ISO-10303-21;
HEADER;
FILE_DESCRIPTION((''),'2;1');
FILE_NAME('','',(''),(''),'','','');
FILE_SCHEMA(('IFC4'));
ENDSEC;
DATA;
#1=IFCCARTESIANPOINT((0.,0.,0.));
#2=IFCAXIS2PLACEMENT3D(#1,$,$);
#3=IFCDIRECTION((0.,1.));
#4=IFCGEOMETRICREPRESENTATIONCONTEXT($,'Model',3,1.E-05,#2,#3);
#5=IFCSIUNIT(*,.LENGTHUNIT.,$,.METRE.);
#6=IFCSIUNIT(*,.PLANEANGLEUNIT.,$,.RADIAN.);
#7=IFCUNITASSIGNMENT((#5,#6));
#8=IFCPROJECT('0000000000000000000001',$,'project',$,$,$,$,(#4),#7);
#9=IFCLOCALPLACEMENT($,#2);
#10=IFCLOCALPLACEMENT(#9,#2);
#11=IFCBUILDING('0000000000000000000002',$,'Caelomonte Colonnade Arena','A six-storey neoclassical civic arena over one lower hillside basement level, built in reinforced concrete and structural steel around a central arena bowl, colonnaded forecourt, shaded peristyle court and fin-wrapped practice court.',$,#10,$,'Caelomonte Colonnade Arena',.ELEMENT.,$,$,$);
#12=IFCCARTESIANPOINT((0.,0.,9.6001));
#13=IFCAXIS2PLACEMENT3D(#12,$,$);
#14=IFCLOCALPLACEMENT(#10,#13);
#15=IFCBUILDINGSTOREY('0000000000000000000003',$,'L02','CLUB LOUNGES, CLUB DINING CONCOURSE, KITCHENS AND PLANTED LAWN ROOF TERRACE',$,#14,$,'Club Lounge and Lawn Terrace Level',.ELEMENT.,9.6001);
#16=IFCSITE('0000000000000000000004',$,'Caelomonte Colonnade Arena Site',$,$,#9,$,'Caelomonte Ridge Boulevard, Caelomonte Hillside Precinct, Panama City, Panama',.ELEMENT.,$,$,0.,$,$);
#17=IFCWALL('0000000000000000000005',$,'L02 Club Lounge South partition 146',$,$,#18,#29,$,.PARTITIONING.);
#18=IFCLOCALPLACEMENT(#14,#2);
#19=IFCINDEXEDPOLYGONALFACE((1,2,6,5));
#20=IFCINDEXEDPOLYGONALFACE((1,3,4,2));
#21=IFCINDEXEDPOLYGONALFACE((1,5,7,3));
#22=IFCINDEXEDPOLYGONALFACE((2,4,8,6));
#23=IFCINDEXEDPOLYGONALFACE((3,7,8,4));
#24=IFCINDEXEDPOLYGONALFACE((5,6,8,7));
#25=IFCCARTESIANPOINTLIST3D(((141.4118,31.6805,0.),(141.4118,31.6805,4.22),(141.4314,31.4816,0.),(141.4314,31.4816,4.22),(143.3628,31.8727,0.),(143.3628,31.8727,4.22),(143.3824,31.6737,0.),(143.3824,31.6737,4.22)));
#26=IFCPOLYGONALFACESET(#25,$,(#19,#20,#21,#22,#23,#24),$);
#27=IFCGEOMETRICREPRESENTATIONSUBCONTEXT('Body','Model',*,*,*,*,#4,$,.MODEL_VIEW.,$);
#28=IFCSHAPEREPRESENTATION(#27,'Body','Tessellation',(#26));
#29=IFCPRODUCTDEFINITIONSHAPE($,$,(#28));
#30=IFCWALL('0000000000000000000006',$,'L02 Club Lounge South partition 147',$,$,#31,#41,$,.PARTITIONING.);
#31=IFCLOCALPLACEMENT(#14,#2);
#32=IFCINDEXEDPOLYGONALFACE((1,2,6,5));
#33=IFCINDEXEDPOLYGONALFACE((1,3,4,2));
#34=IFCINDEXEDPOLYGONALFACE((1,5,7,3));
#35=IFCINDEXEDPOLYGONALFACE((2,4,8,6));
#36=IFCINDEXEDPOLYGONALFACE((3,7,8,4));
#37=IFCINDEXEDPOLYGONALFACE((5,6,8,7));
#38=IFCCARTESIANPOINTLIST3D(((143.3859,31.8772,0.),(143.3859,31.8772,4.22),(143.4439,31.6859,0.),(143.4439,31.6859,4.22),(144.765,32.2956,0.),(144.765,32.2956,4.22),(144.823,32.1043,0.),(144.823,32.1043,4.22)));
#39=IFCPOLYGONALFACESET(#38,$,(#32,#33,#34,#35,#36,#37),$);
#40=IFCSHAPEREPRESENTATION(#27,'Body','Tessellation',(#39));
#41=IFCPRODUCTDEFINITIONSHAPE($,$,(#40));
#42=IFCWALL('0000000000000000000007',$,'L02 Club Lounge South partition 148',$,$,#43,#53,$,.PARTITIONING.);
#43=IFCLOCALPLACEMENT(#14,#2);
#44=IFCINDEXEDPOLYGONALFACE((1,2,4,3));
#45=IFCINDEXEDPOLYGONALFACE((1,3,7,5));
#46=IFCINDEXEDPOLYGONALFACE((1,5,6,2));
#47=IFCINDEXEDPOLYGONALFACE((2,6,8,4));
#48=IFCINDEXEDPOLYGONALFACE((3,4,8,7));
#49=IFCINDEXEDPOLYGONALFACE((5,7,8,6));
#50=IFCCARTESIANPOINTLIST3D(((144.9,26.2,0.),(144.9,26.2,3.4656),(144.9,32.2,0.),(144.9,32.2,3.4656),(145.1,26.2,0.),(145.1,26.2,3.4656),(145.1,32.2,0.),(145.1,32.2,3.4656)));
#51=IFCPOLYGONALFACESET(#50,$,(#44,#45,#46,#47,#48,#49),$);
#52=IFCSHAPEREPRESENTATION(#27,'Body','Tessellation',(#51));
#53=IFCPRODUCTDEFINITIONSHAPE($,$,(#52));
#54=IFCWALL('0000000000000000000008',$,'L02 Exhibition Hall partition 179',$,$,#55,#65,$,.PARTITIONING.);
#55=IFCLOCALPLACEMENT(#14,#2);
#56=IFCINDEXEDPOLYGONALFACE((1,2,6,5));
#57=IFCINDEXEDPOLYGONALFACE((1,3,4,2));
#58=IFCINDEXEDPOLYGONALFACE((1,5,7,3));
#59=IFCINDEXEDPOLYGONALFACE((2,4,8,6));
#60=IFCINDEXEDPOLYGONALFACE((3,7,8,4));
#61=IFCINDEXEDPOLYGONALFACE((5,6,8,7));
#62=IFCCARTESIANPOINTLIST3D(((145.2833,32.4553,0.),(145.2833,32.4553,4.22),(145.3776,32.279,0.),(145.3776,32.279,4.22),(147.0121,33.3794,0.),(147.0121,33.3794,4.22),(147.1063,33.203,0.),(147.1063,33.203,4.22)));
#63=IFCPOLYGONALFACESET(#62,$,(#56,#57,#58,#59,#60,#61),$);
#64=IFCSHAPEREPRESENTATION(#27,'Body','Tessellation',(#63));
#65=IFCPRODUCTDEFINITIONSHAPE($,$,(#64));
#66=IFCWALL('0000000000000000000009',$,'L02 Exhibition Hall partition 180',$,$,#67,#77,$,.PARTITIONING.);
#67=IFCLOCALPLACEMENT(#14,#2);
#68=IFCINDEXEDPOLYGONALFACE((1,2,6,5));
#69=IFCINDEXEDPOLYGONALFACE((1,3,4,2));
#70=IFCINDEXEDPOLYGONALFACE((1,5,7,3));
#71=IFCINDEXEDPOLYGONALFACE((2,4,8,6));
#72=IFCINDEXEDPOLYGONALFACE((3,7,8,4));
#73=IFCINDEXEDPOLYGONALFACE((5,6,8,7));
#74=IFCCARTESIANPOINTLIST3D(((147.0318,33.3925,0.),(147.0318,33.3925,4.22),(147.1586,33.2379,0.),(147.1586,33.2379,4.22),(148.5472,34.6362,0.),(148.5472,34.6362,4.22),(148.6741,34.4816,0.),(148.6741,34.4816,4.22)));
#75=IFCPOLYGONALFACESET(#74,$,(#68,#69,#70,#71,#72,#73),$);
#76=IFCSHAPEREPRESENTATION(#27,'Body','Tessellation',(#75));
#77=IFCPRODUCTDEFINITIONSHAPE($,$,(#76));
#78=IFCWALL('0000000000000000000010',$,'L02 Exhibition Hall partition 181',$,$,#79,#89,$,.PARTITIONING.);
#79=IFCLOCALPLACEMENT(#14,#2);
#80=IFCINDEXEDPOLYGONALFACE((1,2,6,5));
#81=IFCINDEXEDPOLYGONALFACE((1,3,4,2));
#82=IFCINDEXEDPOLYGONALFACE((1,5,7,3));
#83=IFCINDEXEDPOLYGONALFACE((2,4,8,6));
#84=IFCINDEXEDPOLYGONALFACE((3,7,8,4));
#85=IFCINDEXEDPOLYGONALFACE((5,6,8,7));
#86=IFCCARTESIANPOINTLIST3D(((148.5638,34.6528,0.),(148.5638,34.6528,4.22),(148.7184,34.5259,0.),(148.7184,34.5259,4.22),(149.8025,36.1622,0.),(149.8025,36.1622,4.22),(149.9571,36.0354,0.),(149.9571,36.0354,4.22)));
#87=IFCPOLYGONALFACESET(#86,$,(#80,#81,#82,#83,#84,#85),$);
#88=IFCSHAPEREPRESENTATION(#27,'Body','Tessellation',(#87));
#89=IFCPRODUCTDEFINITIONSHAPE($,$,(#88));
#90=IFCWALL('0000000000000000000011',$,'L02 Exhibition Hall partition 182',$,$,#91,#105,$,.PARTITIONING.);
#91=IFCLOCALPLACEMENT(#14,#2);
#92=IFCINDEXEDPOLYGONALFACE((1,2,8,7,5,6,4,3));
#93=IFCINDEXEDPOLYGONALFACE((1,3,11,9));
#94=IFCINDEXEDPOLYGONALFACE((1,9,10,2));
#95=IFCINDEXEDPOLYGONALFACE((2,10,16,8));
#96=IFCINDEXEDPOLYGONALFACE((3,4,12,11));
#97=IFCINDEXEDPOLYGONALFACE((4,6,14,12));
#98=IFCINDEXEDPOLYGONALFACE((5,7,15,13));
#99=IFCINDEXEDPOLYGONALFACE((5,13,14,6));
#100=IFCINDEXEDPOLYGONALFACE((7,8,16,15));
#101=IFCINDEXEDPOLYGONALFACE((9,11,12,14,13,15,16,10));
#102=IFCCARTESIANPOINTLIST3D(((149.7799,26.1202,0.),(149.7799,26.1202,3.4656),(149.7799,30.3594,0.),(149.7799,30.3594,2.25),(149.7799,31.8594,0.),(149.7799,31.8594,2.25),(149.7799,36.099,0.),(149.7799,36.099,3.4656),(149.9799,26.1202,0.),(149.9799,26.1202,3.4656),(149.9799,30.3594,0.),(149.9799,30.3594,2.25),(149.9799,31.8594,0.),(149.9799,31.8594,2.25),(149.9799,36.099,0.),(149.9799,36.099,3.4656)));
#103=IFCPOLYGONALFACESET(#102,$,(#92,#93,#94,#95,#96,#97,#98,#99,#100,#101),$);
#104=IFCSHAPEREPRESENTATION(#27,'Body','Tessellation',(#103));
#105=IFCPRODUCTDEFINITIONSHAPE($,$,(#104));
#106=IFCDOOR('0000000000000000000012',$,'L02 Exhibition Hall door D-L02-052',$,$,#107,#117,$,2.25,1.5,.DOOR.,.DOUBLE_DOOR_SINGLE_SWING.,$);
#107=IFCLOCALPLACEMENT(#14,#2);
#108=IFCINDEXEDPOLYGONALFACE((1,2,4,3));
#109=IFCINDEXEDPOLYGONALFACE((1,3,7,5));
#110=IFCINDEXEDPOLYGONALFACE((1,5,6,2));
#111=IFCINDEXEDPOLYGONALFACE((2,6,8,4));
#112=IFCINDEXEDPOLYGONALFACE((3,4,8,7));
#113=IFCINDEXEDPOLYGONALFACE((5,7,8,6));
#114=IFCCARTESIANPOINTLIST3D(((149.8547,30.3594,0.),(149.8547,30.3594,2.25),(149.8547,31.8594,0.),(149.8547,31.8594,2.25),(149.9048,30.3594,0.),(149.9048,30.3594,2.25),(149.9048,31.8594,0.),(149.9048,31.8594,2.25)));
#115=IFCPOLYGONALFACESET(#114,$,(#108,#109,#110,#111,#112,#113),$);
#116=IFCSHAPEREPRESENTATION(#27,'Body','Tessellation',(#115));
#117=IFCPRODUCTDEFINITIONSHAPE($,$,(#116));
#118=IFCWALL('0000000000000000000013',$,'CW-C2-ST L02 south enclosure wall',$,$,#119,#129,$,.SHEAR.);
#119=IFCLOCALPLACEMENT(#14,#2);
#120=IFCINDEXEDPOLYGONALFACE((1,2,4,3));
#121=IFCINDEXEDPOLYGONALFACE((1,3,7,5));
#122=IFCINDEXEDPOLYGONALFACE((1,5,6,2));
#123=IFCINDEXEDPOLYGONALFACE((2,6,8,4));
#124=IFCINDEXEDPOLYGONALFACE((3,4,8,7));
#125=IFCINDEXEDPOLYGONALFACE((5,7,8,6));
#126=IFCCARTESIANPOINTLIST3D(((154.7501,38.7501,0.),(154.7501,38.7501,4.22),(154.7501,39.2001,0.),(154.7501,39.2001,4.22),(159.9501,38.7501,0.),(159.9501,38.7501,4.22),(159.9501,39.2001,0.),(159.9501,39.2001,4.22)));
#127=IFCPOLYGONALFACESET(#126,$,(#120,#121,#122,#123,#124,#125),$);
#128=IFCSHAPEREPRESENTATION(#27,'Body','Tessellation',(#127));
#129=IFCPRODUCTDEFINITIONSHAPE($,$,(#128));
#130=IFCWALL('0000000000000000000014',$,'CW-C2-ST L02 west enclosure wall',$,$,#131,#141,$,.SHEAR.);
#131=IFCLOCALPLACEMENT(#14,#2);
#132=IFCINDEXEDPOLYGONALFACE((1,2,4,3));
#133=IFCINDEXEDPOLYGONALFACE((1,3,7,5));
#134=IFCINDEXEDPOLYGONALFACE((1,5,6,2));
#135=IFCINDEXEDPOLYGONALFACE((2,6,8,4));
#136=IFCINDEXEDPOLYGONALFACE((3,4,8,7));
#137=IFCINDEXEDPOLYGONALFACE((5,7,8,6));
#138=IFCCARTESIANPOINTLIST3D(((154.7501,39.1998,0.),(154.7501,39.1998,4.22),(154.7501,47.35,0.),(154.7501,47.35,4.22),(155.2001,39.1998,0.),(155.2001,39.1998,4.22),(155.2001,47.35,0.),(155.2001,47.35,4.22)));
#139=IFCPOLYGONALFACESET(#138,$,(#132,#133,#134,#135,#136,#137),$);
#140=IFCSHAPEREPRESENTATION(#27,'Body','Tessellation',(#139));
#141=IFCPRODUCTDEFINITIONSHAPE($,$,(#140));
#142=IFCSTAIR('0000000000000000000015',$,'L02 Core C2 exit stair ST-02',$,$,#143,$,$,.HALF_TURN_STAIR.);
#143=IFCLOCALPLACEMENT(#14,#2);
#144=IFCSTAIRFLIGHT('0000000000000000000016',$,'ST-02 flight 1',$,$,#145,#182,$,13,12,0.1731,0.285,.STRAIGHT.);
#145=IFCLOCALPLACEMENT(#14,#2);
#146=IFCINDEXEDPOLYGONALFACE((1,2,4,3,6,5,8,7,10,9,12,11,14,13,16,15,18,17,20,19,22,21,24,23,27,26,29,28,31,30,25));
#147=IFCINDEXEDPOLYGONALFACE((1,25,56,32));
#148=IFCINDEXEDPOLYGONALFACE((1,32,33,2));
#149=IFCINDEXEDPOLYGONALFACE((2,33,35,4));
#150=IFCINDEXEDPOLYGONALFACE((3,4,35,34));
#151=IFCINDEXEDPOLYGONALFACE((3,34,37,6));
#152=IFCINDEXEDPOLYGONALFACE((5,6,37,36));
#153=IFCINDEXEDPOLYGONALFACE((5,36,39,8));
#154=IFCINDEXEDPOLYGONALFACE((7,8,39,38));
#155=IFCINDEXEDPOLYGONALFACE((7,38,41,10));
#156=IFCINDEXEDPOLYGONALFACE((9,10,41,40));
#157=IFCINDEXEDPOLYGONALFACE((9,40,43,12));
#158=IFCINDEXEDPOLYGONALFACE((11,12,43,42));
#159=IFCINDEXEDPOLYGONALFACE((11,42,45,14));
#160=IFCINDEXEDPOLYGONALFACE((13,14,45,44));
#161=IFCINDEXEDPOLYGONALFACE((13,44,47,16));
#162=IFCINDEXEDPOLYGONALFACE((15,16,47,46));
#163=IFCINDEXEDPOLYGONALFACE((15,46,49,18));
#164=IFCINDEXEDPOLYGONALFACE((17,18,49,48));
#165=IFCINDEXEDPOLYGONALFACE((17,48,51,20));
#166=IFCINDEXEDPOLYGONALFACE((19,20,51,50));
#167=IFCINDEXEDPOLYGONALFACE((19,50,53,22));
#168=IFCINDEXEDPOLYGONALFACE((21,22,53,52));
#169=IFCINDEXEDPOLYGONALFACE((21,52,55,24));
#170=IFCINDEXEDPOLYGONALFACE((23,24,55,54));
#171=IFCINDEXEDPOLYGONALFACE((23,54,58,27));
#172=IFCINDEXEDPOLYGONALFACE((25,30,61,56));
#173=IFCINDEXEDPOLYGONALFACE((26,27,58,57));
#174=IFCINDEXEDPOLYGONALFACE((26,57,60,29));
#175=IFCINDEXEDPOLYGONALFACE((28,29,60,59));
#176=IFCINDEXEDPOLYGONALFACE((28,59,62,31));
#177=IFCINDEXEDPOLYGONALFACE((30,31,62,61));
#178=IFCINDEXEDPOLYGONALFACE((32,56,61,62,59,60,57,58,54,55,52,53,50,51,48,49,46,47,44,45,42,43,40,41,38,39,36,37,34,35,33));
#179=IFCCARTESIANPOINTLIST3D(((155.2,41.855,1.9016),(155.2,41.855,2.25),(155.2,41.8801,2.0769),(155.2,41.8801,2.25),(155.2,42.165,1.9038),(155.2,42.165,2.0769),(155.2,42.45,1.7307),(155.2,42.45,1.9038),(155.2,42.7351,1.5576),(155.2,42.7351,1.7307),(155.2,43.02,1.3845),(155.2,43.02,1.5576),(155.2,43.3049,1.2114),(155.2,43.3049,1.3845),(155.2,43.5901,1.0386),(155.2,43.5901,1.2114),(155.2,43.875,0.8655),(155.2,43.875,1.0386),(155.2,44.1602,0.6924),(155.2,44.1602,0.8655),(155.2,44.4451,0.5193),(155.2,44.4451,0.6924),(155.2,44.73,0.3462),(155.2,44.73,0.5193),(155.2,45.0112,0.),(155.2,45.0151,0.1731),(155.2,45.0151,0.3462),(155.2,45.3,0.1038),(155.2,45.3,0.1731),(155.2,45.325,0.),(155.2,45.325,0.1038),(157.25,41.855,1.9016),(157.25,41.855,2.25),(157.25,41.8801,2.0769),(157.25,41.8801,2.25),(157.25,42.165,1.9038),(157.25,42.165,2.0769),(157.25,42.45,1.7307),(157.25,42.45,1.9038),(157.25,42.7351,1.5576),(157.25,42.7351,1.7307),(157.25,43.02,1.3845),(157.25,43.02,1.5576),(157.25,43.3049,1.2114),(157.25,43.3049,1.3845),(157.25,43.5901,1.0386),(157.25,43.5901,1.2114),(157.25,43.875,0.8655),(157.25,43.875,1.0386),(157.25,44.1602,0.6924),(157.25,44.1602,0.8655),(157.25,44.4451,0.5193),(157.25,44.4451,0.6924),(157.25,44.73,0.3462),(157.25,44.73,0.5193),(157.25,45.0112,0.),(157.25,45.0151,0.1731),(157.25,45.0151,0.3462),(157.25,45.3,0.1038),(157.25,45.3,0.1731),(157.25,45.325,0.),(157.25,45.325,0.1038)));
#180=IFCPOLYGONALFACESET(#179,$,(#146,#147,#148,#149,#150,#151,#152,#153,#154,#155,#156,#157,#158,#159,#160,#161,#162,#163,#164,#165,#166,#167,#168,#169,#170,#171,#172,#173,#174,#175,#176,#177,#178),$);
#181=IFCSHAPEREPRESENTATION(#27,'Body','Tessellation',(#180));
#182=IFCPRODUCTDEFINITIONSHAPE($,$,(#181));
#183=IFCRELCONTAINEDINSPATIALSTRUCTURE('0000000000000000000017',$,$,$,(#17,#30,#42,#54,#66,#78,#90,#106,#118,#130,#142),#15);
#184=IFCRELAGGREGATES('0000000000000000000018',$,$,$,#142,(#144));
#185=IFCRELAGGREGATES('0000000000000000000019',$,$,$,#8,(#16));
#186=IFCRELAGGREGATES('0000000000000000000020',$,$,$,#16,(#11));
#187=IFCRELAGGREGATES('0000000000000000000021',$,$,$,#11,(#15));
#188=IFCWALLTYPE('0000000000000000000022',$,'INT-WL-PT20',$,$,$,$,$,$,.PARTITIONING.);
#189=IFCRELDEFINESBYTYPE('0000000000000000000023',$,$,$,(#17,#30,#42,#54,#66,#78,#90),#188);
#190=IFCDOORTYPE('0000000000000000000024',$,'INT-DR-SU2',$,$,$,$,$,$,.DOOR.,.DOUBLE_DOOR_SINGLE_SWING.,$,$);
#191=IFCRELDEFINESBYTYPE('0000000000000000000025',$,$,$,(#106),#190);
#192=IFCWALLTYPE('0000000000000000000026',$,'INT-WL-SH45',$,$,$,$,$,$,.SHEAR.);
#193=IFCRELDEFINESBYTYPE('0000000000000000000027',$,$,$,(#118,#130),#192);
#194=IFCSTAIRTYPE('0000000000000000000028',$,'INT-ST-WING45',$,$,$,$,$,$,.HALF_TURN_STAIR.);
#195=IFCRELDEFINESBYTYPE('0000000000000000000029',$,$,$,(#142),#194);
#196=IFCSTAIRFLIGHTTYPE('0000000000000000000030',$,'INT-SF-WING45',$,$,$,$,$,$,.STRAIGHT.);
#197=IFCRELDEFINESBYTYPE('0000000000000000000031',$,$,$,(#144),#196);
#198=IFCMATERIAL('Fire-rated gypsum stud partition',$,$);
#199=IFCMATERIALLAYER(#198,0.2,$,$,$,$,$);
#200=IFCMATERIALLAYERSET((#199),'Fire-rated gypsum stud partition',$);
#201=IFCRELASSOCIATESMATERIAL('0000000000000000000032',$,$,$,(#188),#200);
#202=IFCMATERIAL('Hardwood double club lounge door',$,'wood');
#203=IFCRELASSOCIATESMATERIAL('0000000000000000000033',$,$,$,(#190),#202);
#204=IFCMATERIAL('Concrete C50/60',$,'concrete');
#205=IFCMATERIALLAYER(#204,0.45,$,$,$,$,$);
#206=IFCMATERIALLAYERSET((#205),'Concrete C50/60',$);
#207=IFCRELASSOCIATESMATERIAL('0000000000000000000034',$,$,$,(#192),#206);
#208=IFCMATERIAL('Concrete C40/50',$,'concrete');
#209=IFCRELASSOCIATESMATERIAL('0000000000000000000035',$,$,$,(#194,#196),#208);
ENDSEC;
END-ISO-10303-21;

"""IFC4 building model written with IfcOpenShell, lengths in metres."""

from ifc_helpers import new_model, si_unit, direction, frame, frame_2d, origin, place, context, subcontext, project, spatial, polyline, rectangle, outline, extrude, material, layer, layer_set, type_object, element, fill, aggregate, save


model = new_model("IFC4")

# Units and contexts
model_context = context("Model", 3, precision=1e-05, world=origin(), true_north=direction((0.0, 1.0)))
body_context = subcontext(model_context, "Body", "Model", "MODEL_VIEW")
ifc_project = project(units=[si_unit("LENGTHUNIT", "METRE"), si_unit("PLANEANGLEUNIT", "RADIAN")], contexts=[model_context])

# Site, building, storey
site_placement = place(None, origin())
site = spatial("IfcSite", under=ifc_project, at=site_placement, Name="Caelomonte Colonnade Arena Site", LongName="Caelomonte Ridge Boulevard, Caelomonte Hillside Precinct, Panama City, Panama", CompositionType="ELEMENT", RefElevation=0.0)
building_placement = place(site_placement, origin())
building = spatial("IfcBuilding", under=site, at=building_placement, Name="Caelomonte Colonnade Arena", Description="A six-storey neoclassical civic arena over one lower hillside basement level, built in reinforced concrete and structural steel around a central arena bowl, colonnaded forecourt, shaded peristyle court and fin-wrapped practice court.", LongName="Caelomonte Colonnade Arena", CompositionType="ELEMENT")
storey_placement = place(building_placement, frame((0.0, 0.0, 9.6001)))
storey = spatial("IfcBuildingStorey", under=building, at=storey_placement, Name="L02", Description="CLUB LOUNGES, CLUB DINING CONCOURSE, KITCHENS AND PLANTED LAWN ROOF TERRACE", LongName="Club Lounge and Lawn Terrace Level", CompositionType="ELEMENT", Elevation=9.6001)

# Shared definitions
ifc_material_1 = material(Name="Concrete C50/60", Category="concrete")

# Walls
ifc_material_2 = material(Name="Fire-rated gypsum stud partition")
ifc_layer_1 = layer(ifc_material_2, 0.2)
ifc_layer_set_1 = layer_set([ifc_layer_1], Name="Fire-rated gypsum stud partition")
wall_type_1 = type_object("IfcWallType", Name="INT-WL-PT20", PredefinedType="PARTITIONING", material=ifc_layer_set_1)
wall_1_placement = place(storey_placement, frame((141.4216, 31.5811, 0.0), z_axis=(0.0, 0.0, 1.0), x_axis=(0.995185, 0.098012, 0.0)))
element("IfcWall", 1, at=wall_1_placement, inside=storey, type_object=wall_type_1, Name="L02 Club Lounge South partition 146", PredefinedType="PARTITIONING", context=body_context, shape_type="SweptSolid", body=[
    extrude(rectangle(XDim=1.9604, YDim=0.2, at=frame_2d((0.9802, 0.0))), origin(), (0.0, 0.0, 1.0), 4.22),
])
wall_2_placement = place(storey_placement, frame((143.4148, 31.7815, 0.0), z_axis=(0.0, 0.0, 1.0), x_axis=(0.956922, 0.290346, 0.0)))
element("IfcWall", 2, at=wall_2_placement, inside=storey, type_object=wall_type_1, Name="L02 Club Lounge South partition 147", PredefinedType="PARTITIONING", context=body_context, shape_type="SweptSolid", body=[
    extrude(rectangle(XDim=1.4412, YDim=0.2, at=frame_2d((0.7207, 0.0))), origin(), (0.0, 0.0, 1.0), 4.22),
])
wall_3_placement = place(storey_placement, frame((145.0, 32.2, 0.0), z_axis=(0.0, 0.0, 1.0), x_axis=(0.0, -1.0, 0.0)))
element("IfcWall", 3, at=wall_3_placement, inside=storey, type_object=wall_type_1, Name="L02 Club Lounge South partition 148", PredefinedType="PARTITIONING", context=body_context, shape_type="SweptSolid", body=[
    extrude(rectangle(XDim=6.0, YDim=0.2, at=frame_2d((3.0, 0.0))), origin(), (0.0, 0.0, 1.0), 3.4656),
])
wall_4_placement = place(storey_placement, frame((145.3306, 32.3672, 0.0), z_axis=(0.0, 0.0, 1.0), x_axis=(0.881915, 0.471409, 0.0)))
element("IfcWall", 4, at=wall_4_placement, inside=storey, type_object=wall_type_1, Name="L02 Exhibition Hall partition 179", PredefinedType="PARTITIONING", context=body_context, shape_type="SweptSolid", body=[
    extrude(rectangle(XDim=1.9602, YDim=0.2, at=frame_2d((0.98, 0.0))), origin(), (0.0, 0.0, 1.0), 4.22),
])
wall_5_placement = place(storey_placement, frame((147.0952, 33.3152, 0.0), z_axis=(0.0, 0.0, 1.0), x_axis=(0.773008, 0.634397, 0.0)))
element("IfcWall", 5, at=wall_5_placement, inside=storey, type_object=wall_type_1, Name="L02 Exhibition Hall partition 180", PredefinedType="PARTITIONING", context=body_context, shape_type="SweptSolid", body=[
    extrude(rectangle(XDim=1.9604, YDim=0.2, at=frame_2d((0.9802, 0.0))), origin(), (0.0, 0.0, 1.0), 4.22),
])
wall_6_placement = place(storey_placement, frame((148.6411, 34.5894, 0.0), z_axis=(0.0, 0.0, 1.0), x_axis=(0.634374, 0.773026, 0.0)))
element("IfcWall", 6, at=wall_6_placement, inside=storey, type_object=wall_type_1, Name="L02 Exhibition Hall partition 181", PredefinedType="PARTITIONING", context=body_context, shape_type="SweptSolid", body=[
    extrude(rectangle(XDim=1.9526, YDim=0.2, at=frame_2d((0.9763, 0.0))), origin(), (0.0, 0.0, 1.0), 4.22),
])

# Wall, opening, door
wall_7_placement = place(storey_placement, frame((149.8799, 36.0989, 0.0), z_axis=(0.0, 0.0, 1.0), x_axis=(0.0, -1.0, 0.0)))
wall_7 = element("IfcWall", 7, at=wall_7_placement, inside=storey, type_object=wall_type_1, Name="L02 Exhibition Hall partition 182", PredefinedType="PARTITIONING", context=body_context, shape_type="SweptSolid", body=[
    extrude(rectangle(XDim=9.9788, YDim=0.2, at=frame_2d((4.9893, 0.0))), origin(), (0.0, 0.0, 1.0), 3.4656),
])
opening_placement = place(wall_7_placement, frame((4.2395, 0.0, 0.0), z_axis=(0.0, 0.0, 1.0), x_axis=(1.0, 0.0, 0.0)))
opening = element("IfcOpeningElement", 8, at=opening_placement, cuts=wall_7, PredefinedType="OPENING", context=body_context, shape_type="SweptSolid", body=[
    extrude(rectangle(XDim=1.5, YDim=2.25, at=frame_2d((0.75, 1.125))), frame((0.0, 0.1099, 0.0), z_axis=(0.0, -1.0, 0.0), x_axis=(1.0, 0.0, 0.0)), (0.0, 0.0, 1.0), 0.22),
])
ifc_material_3 = material(Name="Hardwood double club lounge door", Category="wood")
door_type = type_object("IfcDoorType", Name="INT-DR-SU2", OperationType="DOUBLE_DOOR_SINGLE_SWING", PredefinedType="DOOR", material=ifc_material_3)
door_placement = place(opening_placement, origin())
door = element("IfcDoor", 9, at=door_placement, inside=storey, type_object=door_type, Name="L02 Exhibition Hall door D-L02-052", OperationType="DOUBLE_DOOR_SINGLE_SWING", OverallHeight=2.25, OverallWidth=1.5, PredefinedType="DOOR", context=body_context, shape_type="SweptSolid", body=[
    extrude(rectangle(XDim=1.5, YDim=2.25, at=frame_2d((0.75, 1.125))), frame((0.0, 0.0249, 0.0), z_axis=(0.0, -1.0, 0.0), x_axis=(1.0, 0.0, 0.0)), (0.0, 0.0, 1.0), 0.05),
])
fill(opening, door)

# Walls
ifc_layer_2 = layer(ifc_material_1, 0.45)
ifc_layer_set_2 = layer_set([ifc_layer_2], Name="Concrete C50/60")
wall_type_2 = type_object("IfcWallType", Name="INT-WL-SH45", PredefinedType="SHEAR", material=ifc_layer_set_2)
wall_8_placement = place(storey_placement, frame((154.75, 38.9751, 0.0), z_axis=(0.0, 0.0, 1.0), x_axis=(1.0, 0.0, 0.0)))
element("IfcWall", 10, at=wall_8_placement, inside=storey, type_object=wall_type_2, Name="CW-C2-ST L02 south enclosure wall", PredefinedType="SHEAR", context=body_context, shape_type="SweptSolid", body=[
    extrude(rectangle(XDim=5.2, YDim=0.45, at=frame_2d((2.6001, 0.0))), origin(), (0.0, 0.0, 1.0), 4.22),
])
wall_9_placement = place(storey_placement, frame((154.9751, 47.3501, 0.0), z_axis=(0.0, 0.0, 1.0), x_axis=(0.0, -1.0, 0.0)))
element("IfcWall", 11, at=wall_9_placement, inside=storey, type_object=wall_type_2, Name="CW-C2-ST L02 west enclosure wall", PredefinedType="SHEAR", context=body_context, shape_type="SweptSolid", body=[
    extrude(rectangle(XDim=8.1501, YDim=0.45, at=frame_2d((4.0752, 0.0))), origin(), (0.0, 0.0, 1.0), 4.22),
])

# Stair, stair flight
ifc_material_4 = material(Name="Concrete C40/50", Category="concrete")
stair_type = type_object("IfcStairType", Name="INT-ST-WING45", PredefinedType="HALF_TURN_STAIR", material=ifc_material_4)
stair_placement = place(storey_placement, origin())
stair = element("IfcStair", 12, at=stair_placement, inside=storey, type_object=stair_type, Name="L02 Core C2 exit stair ST-02", PredefinedType="HALF_TURN_STAIR")
stair_flight_type = type_object("IfcStairFlightType", Name="INT-SF-WING45", PredefinedType="STRAIGHT", material=ifc_material_4)
stair_flight_placement = place(storey_placement, frame((156.2251, 45.3, 0.0), z_axis=(0.0, 0.0, 1.0), x_axis=(0.0, -1.0, 0.0)))
stair_flight = element("IfcStairFlight", 13, at=stair_flight_placement, type_object=stair_flight_type, Name="ST-02 flight 1", NumberOfRisers=13, NumberOfTreads=12, PredefinedType="STRAIGHT", RiserHeight=0.1731, TreadLength=0.285, context=body_context, shape_type="SweptSolid", body=[
    extrude(outline(polyline([(-0.0249, 0.0), (-0.0249, 0.1038), (0.0, 0.1038), (0.0, 0.1731), (0.2849, 0.1731), (0.2849, 0.3462), (0.5701, 0.3462), (0.5701, 0.5193), (0.855, 0.5193), (0.855, 0.6924), (1.1399, 0.6924), (1.1399, 0.8655), (1.425, 0.8655), (1.425, 1.0386), (1.71, 1.0386), (1.71, 1.2114), (1.9951, 1.2114), (1.9951, 1.3845), (2.28, 1.3845), (2.28, 1.5576), (2.5649, 1.5576), (2.5649, 1.7307), (2.8501, 1.7307), (2.8501, 1.9038), (3.135, 1.9038), (3.135, 2.0769), (3.4199, 2.0769), (3.4199, 2.25), (3.4451, 2.25), (3.4451, 1.9016), (0.2888, 0.0), (-0.0249, 0.0)])), frame((0.0, 1.0249, 0.0), z_axis=(0.0, -1.0, 0.0), x_axis=(1.0, 0.0, 0.0)), (0.0, 0.0, 1.0), 2.05),
])
aggregate(stair, [stair_flight])

save(model, "model.ifc")
